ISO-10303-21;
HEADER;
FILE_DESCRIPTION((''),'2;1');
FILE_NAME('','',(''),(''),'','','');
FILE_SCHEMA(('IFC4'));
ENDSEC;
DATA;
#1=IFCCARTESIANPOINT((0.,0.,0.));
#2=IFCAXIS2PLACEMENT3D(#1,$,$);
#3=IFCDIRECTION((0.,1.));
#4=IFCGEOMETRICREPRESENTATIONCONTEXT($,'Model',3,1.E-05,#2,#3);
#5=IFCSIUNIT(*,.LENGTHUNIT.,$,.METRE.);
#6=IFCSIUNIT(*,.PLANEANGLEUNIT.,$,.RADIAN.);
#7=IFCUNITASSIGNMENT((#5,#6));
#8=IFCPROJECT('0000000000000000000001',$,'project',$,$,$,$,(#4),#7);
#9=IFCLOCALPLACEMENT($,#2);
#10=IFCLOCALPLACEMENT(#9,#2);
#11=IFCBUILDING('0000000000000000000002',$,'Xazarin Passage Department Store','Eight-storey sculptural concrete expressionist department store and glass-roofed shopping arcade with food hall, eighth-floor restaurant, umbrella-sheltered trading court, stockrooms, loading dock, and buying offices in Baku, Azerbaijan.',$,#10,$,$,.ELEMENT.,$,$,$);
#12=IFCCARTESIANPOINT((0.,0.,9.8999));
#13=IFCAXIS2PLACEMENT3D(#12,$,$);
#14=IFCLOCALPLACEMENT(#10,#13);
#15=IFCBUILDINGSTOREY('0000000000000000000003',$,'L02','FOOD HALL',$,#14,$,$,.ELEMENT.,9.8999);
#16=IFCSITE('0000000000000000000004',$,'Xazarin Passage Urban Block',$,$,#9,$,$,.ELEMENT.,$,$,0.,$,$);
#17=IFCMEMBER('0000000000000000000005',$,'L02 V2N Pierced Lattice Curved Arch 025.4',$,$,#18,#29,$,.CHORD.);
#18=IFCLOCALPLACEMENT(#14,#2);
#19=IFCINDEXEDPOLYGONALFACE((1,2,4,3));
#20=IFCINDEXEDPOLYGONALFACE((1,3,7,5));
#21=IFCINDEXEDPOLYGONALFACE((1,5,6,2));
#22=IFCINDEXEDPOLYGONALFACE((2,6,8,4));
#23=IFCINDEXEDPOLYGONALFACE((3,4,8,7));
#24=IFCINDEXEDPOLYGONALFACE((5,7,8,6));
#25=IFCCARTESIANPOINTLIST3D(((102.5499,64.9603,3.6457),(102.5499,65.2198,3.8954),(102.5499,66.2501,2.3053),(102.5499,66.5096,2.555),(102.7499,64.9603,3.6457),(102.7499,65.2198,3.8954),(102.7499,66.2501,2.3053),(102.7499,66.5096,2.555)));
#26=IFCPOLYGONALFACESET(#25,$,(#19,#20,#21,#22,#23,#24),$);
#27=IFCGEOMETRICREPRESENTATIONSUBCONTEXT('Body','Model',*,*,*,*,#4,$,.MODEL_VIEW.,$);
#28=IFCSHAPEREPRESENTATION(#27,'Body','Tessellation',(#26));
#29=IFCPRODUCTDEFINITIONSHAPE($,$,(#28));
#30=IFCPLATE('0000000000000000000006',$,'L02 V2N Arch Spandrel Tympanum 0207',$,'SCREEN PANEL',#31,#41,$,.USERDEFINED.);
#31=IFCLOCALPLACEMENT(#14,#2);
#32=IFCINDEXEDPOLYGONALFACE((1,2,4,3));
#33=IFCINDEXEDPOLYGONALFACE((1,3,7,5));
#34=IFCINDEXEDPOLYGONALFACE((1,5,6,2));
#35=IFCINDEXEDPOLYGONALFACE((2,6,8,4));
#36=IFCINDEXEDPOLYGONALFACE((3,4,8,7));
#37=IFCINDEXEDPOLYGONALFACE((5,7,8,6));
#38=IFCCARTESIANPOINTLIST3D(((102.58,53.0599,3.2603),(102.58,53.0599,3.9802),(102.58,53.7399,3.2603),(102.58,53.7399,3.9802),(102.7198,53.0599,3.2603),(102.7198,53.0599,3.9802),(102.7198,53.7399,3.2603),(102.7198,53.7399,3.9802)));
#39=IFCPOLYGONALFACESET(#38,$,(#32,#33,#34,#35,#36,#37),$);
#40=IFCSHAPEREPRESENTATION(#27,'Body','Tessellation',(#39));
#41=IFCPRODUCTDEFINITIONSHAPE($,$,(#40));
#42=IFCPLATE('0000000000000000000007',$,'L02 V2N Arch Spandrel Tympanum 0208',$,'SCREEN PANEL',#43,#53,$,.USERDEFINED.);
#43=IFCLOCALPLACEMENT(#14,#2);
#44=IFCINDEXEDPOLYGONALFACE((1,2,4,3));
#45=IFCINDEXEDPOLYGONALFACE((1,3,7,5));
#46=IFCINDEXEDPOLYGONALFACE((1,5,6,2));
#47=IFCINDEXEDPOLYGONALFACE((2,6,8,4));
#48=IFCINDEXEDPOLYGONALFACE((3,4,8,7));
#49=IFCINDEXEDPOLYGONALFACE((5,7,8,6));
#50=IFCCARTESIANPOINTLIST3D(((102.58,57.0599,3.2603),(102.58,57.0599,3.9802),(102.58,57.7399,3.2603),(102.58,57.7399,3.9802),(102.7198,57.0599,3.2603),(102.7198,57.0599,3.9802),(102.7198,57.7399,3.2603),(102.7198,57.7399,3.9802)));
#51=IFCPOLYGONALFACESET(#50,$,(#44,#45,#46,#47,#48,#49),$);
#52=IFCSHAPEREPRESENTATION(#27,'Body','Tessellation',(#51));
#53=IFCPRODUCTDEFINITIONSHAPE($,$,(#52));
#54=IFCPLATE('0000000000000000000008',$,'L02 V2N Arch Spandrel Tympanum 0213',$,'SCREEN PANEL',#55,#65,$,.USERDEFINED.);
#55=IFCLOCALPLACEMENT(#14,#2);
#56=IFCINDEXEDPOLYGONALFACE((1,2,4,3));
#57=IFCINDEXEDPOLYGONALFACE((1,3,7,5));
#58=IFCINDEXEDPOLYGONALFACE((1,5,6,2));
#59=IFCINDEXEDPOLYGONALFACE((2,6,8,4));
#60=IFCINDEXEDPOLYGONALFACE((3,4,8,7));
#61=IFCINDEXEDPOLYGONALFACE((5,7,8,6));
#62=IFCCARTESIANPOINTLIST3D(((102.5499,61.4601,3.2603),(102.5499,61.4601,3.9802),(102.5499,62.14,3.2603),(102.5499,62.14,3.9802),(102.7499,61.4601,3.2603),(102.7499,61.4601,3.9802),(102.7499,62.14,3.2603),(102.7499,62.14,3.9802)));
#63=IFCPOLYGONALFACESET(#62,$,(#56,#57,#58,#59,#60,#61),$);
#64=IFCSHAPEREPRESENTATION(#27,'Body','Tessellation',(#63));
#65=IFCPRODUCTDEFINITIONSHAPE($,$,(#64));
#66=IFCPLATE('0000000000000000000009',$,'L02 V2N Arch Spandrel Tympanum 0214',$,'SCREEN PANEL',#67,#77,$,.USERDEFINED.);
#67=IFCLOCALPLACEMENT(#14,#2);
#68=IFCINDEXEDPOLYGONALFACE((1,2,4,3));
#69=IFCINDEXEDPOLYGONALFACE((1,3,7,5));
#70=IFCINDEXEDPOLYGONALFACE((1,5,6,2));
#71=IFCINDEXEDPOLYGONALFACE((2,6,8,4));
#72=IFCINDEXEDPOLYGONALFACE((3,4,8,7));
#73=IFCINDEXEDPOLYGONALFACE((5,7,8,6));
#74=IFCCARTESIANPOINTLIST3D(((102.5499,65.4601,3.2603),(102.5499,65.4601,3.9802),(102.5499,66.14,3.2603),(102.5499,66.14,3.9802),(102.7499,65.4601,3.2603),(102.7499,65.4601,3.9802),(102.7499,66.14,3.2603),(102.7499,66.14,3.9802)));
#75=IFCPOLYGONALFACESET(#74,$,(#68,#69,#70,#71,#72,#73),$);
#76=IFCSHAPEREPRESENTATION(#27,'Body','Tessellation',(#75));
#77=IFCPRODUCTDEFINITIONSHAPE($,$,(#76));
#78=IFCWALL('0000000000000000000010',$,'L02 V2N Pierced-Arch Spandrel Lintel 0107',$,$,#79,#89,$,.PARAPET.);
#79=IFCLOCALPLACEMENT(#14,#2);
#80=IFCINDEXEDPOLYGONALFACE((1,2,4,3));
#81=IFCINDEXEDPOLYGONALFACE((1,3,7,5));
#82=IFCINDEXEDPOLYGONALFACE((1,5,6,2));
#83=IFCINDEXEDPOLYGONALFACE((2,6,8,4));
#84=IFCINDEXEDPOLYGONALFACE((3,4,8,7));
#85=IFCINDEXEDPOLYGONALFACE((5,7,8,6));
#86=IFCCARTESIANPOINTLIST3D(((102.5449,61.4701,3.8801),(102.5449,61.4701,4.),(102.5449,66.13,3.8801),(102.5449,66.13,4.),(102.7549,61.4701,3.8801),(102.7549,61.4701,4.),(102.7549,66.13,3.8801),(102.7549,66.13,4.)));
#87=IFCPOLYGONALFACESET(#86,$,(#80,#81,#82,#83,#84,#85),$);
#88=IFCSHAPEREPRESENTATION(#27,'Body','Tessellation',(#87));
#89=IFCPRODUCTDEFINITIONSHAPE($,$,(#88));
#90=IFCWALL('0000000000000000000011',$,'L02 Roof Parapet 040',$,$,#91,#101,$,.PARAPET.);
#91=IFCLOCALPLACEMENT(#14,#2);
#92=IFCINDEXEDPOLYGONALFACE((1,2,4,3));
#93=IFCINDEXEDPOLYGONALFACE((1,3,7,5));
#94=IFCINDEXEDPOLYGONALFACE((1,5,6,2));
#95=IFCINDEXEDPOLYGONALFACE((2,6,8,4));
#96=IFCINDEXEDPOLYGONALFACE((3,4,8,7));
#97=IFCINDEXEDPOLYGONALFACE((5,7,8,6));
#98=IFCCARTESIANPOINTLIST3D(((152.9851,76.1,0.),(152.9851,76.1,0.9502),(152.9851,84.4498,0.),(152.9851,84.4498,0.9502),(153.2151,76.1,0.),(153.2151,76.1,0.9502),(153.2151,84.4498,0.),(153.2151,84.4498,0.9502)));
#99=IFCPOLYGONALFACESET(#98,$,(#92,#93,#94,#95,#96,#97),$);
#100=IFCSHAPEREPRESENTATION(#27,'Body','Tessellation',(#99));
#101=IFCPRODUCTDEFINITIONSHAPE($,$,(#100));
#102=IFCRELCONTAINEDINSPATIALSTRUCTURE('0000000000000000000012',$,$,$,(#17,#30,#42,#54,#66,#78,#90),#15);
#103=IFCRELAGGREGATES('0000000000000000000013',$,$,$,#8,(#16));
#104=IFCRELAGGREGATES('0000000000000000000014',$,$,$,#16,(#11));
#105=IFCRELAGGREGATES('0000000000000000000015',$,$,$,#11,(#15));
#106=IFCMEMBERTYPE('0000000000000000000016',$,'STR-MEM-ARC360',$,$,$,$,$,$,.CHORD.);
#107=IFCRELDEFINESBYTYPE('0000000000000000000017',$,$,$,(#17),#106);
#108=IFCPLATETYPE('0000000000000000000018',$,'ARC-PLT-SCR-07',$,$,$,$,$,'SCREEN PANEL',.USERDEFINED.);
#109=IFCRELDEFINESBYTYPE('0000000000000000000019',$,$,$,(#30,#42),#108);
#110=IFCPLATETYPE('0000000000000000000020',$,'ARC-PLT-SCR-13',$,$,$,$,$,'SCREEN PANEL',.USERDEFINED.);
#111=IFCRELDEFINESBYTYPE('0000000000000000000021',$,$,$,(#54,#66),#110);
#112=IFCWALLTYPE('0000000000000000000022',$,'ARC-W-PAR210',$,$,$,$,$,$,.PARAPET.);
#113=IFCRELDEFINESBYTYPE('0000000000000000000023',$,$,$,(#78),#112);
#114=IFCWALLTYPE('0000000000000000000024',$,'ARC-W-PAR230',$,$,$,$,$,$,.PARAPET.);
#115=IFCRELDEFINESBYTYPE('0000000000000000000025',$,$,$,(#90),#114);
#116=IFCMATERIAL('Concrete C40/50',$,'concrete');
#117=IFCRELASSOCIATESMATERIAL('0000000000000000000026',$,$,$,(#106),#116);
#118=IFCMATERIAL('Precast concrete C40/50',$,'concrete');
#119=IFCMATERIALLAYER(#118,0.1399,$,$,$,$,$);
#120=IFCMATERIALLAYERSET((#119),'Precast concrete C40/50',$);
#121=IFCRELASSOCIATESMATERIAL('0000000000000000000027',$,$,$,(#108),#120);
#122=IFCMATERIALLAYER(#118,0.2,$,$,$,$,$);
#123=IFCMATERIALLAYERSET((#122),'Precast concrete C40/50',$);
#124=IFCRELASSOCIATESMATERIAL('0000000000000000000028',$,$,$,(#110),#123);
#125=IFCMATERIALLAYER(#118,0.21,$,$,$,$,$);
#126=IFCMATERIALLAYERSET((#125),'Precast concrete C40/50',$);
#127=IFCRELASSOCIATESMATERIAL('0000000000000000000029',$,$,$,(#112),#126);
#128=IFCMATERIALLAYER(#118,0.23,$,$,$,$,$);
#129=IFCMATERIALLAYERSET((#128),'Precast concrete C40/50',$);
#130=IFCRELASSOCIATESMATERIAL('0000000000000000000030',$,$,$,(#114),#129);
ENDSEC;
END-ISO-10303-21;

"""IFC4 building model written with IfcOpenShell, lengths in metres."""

from ifc_helpers import new_model, si_unit, direction, frame, frame_2d, origin, origin_2d, place, context, subcontext, project, spatial, rectangle, extrude, material, layer, layer_set, material_profile, profile_set, type_object, element, save


model = new_model("IFC4")

# Units and contexts
model_context = context("Model", 3, precision=1e-05, world=origin(), true_north=direction((0.0, 1.0)))
body_context = subcontext(model_context, "Body", "Model", "MODEL_VIEW")
ifc_project = project(units=[si_unit("LENGTHUNIT", "METRE"), si_unit("PLANEANGLEUNIT", "RADIAN")], contexts=[model_context])

# Site, building, storey
site_placement = place(None, origin())
site = spatial("IfcSite", under=ifc_project, at=site_placement, Name="Xazarin Passage Urban Block", CompositionType="ELEMENT", RefElevation=0.0)
building_placement = place(site_placement, origin())
building = spatial("IfcBuilding", under=site, at=building_placement, Name="Xazarin Passage Department Store", Description="Eight-storey sculptural concrete expressionist department store and glass-roofed shopping arcade with food hall, eighth-floor restaurant, umbrella-sheltered trading court, stockrooms, loading dock, and buying offices in Baku, Azerbaijan.", CompositionType="ELEMENT")
storey_placement = place(building_placement, frame((0.0, 0.0, 9.8999)))
storey = spatial("IfcBuildingStorey", under=building, at=storey_placement, Name="L02", Description="FOOD HALL", CompositionType="ELEMENT", Elevation=9.8999)

# Shared definitions
ifc_material_1 = material(Name="Concrete C40/50", Category="concrete")

# Member
ifc_material_profile_1 = material_profile(ifc_material_1, rectangle(XDim=0.2, YDim=0.3601, at=origin_2d()), Name="RC 200x360")
ifc_profile_set_1 = profile_set([ifc_material_profile_1], Name="Concrete C40/50")
member_type = type_object("IfcMemberType", Name="STR-MEM-ARC360", PredefinedType="CHORD", material=ifc_profile_set_1)
member_1_placement = place(storey_placement, frame((102.6499, 65.0901, 3.7705), z_axis=(0.0, 0.693392, -0.720561), x_axis=(-1.0, 0.0, 0.0)))
element("IfcMember", 1, at=member_1_placement, inside=storey, type_object=member_type, Name="L02 V2N Pierced Lattice Curved Arch 025.4", PredefinedType="CHORD", context=body_context, shape_type="SweptSolid", body=[
    extrude(rectangle(XDim=0.2, YDim=0.3601, at=origin_2d()), origin(), (0.0, 0.0, 1.0), 1.8601),
])

# Plates
ifc_material_2 = material(Name="Precast concrete C40/50", Category="concrete")
ifc_layer_1 = layer(ifc_material_2, 0.1399)
ifc_layer_set_1 = layer_set([ifc_layer_1], Name="Precast concrete C40/50")
plate_type_1 = type_object("IfcPlateType", Name="ARC-PLT-SCR-07", ElementType="SCREEN PANEL", PredefinedType="USERDEFINED", material=ifc_layer_set_1)
for number, where, z_axis, x_axis, name in (
    (2, (102.6499, 53.3999, 3.2603), (0.0, 0.0, 1.0), (0.0, 1.0, 0.0), "L02 V2N Arch Spandrel Tympanum 0207"),
    (3, (102.6499, 57.3999, 3.2603), (0.0, 0.0, 1.0), (0.0, 1.0, 0.0), "L02 V2N Arch Spandrel Tympanum 0208"),
):
    element("IfcPlate", number, at=place(storey_placement, frame(where, z_axis=z_axis, x_axis=x_axis)), inside=storey, type_object=plate_type_1, Name=name, ObjectType="SCREEN PANEL", PredefinedType="USERDEFINED", context=body_context, shape_type="SweptSolid", body=[
        extrude(rectangle(XDim=0.6799, YDim=0.1399, at=origin_2d()), origin(), (0.0, 0.0, 1.0), 0.72),
    ])
ifc_layer_2 = layer(ifc_material_2, 0.2)
ifc_layer_set_2 = layer_set([ifc_layer_2], Name="Precast concrete C40/50")
plate_type_2 = type_object("IfcPlateType", Name="ARC-PLT-SCR-13", ElementType="SCREEN PANEL", PredefinedType="USERDEFINED", material=ifc_layer_set_2)
for number, where, z_axis, x_axis, name in (
    (4, (102.6499, 61.8, 3.2603), (0.0, 0.0, 1.0), (0.0, 1.0, 0.0), "L02 V2N Arch Spandrel Tympanum 0213"),
    (5, (102.6499, 65.8, 3.2603), (0.0, 0.0, 1.0), (0.0, 1.0, 0.0), "L02 V2N Arch Spandrel Tympanum 0214"),
):
    element("IfcPlate", number, at=place(storey_placement, frame(where, z_axis=z_axis, x_axis=x_axis)), inside=storey, type_object=plate_type_2, Name=name, ObjectType="SCREEN PANEL", PredefinedType="USERDEFINED", context=body_context, shape_type="SweptSolid", body=[
        extrude(rectangle(XDim=0.6799, YDim=0.2, at=origin_2d()), origin(), (0.0, 0.0, 1.0), 0.72),
    ])

# Walls
ifc_layer_3 = layer(ifc_material_2, 0.21)
ifc_layer_set_3 = layer_set([ifc_layer_3], Name="Precast concrete C40/50")
wall_type_1 = type_object("IfcWallType", Name="ARC-W-PAR210", PredefinedType="PARAPET", material=ifc_layer_set_3)
wall_1_placement = place(storey_placement, frame((102.6499, 61.47, 3.8801), z_axis=(0.0, 0.0, 1.0), x_axis=(0.0, 1.0, 0.0)))
element("IfcWall", 6, at=wall_1_placement, inside=storey, type_object=wall_type_1, Name="L02 V2N Pierced-Arch Spandrel Lintel 0107", PredefinedType="PARAPET", context=body_context, shape_type="SweptSolid", body=[
    extrude(rectangle(XDim=4.6599, YDim=0.21, at=frame_2d((2.3301, 0.0))), origin(), (0.0, 0.0, 1.0), 0.1199),
])
ifc_layer_4 = layer(ifc_material_2, 0.23)
ifc_layer_set_4 = layer_set([ifc_layer_4], Name="Precast concrete C40/50")
wall_type_2 = type_object("IfcWallType", Name="ARC-W-PAR230", PredefinedType="PARAPET", material=ifc_layer_set_4)
wall_2_placement = place(storey_placement, frame((153.1001, 76.1001, 0.0), z_axis=(0.0, 0.0, 1.0), x_axis=(0.0, 1.0, 0.0)))
element("IfcWall", 7, at=wall_2_placement, inside=storey, type_object=wall_type_2, Name="L02 Roof Parapet 040", PredefinedType="PARAPET", context=body_context, shape_type="SweptSolid", body=[
    extrude(rectangle(XDim=8.3499, YDim=0.23, at=frame_2d((4.1748, 0.0))), origin(), (0.0, 0.0, 1.0), 0.9502),
])

save(model, "model.ifc")
